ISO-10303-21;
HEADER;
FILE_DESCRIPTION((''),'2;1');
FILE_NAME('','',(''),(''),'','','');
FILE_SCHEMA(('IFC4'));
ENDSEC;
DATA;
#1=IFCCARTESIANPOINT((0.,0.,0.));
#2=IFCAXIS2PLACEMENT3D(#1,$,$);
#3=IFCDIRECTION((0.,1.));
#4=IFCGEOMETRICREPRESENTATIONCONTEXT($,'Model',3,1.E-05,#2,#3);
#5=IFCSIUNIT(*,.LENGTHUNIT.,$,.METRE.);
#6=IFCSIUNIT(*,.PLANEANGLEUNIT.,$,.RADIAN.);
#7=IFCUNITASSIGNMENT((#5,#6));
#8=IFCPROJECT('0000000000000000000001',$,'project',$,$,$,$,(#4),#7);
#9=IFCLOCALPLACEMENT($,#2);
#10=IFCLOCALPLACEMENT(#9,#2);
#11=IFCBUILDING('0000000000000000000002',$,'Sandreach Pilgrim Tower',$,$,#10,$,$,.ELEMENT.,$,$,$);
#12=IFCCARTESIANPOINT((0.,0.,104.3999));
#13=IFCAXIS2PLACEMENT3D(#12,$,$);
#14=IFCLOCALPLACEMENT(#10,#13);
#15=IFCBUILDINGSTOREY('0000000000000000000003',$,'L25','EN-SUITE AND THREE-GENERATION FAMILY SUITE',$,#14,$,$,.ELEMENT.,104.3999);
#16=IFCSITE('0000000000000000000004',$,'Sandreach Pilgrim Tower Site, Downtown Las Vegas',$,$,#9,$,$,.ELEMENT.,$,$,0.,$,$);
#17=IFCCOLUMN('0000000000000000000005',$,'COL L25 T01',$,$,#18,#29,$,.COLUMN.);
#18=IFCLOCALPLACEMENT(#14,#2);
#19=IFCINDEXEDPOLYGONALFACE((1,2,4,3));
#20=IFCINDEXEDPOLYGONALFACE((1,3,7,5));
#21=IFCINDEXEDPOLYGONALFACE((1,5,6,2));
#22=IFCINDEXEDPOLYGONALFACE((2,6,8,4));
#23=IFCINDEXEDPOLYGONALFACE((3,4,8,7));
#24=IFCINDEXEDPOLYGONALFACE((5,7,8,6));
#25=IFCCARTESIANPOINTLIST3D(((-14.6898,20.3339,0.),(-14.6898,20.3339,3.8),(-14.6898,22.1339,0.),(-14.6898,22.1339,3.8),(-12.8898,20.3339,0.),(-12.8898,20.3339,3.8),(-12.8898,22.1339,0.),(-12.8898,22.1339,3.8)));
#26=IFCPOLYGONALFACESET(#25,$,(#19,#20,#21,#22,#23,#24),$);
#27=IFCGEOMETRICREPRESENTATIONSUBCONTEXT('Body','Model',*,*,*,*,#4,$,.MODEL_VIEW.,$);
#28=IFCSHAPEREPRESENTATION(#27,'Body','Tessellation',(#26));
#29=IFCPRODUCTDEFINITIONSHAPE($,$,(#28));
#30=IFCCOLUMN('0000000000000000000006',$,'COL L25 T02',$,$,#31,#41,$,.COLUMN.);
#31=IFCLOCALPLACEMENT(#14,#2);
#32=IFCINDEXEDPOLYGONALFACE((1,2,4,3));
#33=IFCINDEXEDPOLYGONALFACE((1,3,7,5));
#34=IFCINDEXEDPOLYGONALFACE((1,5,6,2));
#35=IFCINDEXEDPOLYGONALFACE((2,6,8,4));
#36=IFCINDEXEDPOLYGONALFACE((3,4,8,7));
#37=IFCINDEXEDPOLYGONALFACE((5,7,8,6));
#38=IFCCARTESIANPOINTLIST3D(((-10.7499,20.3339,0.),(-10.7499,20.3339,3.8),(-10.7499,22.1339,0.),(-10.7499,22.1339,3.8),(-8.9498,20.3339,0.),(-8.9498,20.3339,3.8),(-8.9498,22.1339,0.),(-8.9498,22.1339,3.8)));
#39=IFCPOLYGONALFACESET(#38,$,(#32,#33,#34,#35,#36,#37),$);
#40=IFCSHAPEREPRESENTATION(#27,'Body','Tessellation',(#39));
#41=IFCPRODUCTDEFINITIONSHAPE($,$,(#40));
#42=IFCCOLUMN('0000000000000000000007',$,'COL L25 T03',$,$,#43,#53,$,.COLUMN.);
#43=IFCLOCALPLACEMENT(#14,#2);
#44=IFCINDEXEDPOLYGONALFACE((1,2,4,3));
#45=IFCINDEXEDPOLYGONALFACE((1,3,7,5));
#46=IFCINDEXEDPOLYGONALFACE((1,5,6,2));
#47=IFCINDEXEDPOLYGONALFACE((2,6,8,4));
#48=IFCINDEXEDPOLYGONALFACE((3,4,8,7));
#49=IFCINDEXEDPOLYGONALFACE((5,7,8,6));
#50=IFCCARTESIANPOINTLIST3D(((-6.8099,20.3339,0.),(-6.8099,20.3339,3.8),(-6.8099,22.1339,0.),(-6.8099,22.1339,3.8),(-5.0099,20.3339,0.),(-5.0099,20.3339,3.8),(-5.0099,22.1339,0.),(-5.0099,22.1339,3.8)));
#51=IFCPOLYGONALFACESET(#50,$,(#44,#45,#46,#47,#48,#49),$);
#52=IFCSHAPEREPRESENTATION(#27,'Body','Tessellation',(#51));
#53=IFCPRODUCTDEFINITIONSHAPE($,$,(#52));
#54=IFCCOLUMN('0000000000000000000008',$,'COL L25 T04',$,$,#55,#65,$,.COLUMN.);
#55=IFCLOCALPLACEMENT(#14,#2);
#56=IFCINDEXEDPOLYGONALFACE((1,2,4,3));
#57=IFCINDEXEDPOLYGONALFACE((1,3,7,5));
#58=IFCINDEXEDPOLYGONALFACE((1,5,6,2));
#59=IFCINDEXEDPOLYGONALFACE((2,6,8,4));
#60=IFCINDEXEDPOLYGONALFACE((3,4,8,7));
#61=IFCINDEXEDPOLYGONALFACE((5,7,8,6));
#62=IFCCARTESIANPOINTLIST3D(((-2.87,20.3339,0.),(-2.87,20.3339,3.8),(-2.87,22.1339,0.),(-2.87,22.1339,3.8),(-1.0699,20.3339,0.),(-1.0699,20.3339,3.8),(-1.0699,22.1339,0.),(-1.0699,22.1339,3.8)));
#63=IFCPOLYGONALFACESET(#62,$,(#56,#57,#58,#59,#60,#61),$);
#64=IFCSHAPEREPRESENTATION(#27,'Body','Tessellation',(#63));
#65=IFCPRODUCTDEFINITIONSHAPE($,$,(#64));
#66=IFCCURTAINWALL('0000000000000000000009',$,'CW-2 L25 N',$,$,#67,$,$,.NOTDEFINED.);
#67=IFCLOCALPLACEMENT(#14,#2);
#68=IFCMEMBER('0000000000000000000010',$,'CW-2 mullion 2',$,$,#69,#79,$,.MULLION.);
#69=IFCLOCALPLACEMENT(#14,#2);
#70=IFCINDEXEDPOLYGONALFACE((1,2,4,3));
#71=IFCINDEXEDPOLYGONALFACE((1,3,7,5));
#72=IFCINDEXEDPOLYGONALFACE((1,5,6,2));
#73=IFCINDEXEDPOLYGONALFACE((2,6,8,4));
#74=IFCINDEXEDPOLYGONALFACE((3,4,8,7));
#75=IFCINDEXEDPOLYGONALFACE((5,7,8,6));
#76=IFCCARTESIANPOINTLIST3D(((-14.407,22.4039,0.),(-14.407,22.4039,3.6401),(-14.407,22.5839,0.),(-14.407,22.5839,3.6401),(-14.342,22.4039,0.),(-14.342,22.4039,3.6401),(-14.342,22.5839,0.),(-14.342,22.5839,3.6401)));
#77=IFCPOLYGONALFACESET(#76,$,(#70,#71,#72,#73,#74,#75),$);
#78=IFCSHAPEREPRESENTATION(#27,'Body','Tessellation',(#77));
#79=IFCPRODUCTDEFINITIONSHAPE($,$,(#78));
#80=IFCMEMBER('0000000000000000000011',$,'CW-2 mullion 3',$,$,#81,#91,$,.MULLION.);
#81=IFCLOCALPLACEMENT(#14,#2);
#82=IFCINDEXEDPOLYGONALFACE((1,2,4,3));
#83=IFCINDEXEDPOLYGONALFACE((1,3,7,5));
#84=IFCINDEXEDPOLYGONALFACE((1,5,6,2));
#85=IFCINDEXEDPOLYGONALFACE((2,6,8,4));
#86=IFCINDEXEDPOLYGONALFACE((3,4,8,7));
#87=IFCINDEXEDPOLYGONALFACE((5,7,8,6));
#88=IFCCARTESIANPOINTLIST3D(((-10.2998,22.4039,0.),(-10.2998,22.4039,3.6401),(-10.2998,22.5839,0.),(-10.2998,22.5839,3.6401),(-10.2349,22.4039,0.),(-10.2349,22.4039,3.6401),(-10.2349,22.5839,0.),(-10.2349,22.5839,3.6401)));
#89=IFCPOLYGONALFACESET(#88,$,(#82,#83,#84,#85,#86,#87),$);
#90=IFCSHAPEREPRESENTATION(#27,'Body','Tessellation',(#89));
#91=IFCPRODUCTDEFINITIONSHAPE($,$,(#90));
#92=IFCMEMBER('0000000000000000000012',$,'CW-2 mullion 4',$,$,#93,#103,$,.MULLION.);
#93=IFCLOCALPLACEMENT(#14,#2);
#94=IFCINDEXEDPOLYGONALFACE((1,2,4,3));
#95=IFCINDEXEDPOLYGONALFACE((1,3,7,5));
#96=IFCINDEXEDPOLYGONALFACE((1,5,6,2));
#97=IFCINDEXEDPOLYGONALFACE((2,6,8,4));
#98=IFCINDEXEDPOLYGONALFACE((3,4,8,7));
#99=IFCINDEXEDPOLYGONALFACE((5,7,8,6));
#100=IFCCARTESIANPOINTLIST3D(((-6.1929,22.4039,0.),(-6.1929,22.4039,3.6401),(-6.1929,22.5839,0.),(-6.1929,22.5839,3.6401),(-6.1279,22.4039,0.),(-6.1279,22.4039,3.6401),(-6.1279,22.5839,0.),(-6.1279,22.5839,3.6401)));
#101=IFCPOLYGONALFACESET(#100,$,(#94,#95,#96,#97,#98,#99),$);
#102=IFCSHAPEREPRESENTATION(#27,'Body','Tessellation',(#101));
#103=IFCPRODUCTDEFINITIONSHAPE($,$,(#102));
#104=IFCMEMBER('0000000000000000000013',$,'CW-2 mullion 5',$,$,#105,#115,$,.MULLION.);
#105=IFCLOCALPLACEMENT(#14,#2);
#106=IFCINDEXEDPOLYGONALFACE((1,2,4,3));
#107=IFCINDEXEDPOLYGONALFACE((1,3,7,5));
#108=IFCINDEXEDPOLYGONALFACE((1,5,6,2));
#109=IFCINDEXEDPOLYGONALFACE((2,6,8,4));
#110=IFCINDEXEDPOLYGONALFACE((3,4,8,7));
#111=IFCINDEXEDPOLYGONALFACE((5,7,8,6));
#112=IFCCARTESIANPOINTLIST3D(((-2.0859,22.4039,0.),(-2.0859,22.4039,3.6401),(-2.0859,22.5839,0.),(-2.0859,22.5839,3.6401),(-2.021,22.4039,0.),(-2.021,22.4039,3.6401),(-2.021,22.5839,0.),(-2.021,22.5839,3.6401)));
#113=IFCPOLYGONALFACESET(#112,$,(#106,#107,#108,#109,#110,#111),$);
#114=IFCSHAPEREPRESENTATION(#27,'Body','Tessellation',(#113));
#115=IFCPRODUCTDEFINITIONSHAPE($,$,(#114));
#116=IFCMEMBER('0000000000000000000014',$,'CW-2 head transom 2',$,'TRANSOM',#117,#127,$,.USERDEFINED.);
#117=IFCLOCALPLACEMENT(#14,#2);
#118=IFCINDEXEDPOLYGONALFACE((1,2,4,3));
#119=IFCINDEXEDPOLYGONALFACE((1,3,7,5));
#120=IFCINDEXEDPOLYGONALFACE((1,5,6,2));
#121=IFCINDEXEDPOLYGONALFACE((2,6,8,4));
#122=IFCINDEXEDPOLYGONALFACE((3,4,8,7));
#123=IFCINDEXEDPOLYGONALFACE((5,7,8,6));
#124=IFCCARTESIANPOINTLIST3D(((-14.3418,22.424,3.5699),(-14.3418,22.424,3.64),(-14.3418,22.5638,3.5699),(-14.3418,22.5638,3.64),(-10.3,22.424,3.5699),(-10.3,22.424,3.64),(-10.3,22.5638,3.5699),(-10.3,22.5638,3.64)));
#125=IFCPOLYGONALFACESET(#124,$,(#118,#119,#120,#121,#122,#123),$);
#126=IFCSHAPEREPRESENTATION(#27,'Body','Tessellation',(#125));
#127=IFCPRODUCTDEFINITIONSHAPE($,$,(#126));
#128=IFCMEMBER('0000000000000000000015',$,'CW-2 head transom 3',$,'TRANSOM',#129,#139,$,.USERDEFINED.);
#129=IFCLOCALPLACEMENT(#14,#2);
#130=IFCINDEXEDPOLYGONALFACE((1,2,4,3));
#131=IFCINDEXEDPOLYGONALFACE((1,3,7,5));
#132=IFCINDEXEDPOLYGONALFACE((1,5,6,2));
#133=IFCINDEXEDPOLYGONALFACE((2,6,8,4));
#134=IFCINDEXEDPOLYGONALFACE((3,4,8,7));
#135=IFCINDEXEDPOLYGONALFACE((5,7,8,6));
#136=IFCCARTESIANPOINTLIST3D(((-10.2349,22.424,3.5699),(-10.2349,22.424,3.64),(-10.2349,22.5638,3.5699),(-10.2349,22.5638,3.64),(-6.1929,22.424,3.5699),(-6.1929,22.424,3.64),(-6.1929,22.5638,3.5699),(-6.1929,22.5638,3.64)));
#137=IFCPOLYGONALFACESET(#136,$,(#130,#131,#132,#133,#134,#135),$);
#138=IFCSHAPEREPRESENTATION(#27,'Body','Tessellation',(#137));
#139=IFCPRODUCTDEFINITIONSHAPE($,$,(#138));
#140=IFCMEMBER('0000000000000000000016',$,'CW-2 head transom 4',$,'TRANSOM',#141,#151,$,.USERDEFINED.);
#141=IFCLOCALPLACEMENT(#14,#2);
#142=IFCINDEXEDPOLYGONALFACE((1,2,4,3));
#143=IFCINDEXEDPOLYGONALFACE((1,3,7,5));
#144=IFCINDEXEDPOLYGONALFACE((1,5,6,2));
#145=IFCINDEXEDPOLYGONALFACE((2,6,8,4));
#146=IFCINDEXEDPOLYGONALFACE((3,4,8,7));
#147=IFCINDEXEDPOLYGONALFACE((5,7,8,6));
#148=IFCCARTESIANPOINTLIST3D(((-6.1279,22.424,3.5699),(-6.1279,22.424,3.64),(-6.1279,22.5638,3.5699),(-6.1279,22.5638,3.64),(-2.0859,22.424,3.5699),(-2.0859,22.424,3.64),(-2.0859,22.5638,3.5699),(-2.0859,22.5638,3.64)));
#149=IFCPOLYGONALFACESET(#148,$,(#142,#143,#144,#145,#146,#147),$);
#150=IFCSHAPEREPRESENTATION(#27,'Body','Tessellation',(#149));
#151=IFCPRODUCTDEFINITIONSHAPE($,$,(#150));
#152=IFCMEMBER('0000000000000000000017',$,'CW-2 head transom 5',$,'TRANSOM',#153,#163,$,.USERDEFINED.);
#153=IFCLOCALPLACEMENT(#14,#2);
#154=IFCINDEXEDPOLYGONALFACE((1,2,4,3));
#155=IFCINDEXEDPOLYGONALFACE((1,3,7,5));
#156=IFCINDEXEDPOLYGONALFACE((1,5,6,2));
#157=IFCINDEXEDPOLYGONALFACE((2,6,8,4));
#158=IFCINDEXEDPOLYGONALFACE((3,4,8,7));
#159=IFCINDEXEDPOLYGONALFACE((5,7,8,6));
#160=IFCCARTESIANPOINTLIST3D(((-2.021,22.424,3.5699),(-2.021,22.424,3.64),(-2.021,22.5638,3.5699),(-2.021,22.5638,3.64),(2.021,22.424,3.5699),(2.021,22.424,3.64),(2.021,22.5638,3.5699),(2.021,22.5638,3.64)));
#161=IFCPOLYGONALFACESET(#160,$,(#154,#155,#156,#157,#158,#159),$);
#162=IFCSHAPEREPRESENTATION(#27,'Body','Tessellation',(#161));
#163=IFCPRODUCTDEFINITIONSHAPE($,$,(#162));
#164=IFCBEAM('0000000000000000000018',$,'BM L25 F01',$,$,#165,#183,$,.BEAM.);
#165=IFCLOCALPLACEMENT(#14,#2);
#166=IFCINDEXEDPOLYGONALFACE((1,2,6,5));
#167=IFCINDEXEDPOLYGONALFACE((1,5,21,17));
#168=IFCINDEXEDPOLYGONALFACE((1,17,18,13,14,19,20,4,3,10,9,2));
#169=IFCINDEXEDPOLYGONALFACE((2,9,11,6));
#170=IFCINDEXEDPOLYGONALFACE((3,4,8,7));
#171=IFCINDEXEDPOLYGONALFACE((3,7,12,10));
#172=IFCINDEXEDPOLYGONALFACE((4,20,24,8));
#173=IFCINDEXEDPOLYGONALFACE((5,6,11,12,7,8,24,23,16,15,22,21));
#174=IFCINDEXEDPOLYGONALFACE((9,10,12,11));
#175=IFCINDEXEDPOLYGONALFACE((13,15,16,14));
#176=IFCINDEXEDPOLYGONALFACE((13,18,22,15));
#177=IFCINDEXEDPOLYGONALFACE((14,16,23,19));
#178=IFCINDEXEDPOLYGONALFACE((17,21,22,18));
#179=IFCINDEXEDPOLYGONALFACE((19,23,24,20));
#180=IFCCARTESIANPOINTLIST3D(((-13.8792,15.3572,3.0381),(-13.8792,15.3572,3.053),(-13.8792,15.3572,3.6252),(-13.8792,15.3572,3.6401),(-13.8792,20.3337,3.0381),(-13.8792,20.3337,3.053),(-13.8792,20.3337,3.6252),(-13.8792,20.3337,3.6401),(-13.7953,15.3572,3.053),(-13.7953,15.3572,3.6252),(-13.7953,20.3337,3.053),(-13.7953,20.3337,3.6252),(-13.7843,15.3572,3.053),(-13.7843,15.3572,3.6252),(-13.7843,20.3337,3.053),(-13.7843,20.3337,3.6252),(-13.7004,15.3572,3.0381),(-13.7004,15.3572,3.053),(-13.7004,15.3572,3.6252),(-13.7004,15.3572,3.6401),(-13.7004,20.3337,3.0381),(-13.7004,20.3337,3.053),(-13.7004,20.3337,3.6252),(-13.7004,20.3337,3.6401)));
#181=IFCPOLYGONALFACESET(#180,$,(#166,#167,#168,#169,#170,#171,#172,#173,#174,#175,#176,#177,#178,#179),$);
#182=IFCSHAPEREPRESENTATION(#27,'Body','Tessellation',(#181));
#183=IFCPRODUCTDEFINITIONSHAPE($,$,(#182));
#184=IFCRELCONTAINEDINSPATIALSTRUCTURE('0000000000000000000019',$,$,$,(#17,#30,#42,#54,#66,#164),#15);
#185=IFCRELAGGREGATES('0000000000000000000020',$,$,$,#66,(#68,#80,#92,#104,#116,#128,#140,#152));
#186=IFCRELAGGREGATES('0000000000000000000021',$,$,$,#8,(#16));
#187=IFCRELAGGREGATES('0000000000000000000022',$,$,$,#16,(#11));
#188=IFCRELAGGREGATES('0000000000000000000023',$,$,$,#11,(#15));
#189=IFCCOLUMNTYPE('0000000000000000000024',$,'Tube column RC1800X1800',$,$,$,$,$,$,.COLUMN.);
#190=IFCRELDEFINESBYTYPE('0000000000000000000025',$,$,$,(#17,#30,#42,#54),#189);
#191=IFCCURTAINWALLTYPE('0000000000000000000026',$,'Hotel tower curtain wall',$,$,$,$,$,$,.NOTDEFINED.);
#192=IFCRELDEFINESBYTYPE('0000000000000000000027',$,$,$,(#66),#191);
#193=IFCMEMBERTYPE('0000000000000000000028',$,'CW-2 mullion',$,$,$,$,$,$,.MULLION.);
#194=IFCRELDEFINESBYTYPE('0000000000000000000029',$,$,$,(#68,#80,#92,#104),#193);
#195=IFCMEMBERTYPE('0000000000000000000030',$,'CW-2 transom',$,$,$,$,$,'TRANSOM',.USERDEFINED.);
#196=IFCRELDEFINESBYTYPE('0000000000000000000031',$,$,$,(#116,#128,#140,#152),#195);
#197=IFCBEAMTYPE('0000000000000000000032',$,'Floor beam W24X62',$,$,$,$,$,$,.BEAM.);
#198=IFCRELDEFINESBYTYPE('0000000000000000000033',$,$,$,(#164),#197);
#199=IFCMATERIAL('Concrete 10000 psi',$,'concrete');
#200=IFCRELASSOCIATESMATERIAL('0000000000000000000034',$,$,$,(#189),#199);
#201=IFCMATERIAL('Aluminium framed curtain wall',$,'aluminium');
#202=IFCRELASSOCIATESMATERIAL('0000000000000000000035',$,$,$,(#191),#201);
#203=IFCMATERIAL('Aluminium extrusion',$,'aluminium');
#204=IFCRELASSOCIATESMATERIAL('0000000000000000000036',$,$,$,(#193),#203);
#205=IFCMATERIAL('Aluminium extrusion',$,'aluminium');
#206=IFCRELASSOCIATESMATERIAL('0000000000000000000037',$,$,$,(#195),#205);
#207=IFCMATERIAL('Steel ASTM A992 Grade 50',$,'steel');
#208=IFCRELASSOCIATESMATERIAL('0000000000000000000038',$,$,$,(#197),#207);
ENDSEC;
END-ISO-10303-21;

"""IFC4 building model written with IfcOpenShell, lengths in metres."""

from ifc_helpers import new_model, si_unit, direction, frame, origin, origin_2d, place, context, subcontext, project, spatial, rectangle, i_section, extrude, material, material_profile, profile_set, type_object, element, aggregate, save


model = new_model("IFC4")

# Units and contexts
model_context = context("Model", 3, precision=1e-05, world=origin(), true_north=direction((0.0, 1.0)))
body_context = subcontext(model_context, "Body", "Model", "MODEL_VIEW")
ifc_project = project(units=[si_unit("LENGTHUNIT", "METRE"), si_unit("PLANEANGLEUNIT", "RADIAN")], contexts=[model_context])

# Site, building, storey
site_placement = place(None, origin())
site = spatial("IfcSite", under=ifc_project, at=site_placement, Name="Sandreach Pilgrim Tower Site, Downtown Las Vegas", CompositionType="ELEMENT", RefElevation=0.0)
building_placement = place(site_placement, origin())
building = spatial("IfcBuilding", under=site, at=building_placement, Name="Sandreach Pilgrim Tower", CompositionType="ELEMENT")
storey_placement = place(building_placement, frame((0.0, 0.0, 104.3999)))
storey = spatial("IfcBuildingStorey", under=building, at=storey_placement, Name="L25", Description="EN-SUITE AND THREE-GENERATION FAMILY SUITE", CompositionType="ELEMENT", Elevation=104.3999)

# Columns
ifc_material_1 = material(Name="Concrete 10000 psi", Category="concrete")
ifc_material_profile_1 = material_profile(ifc_material_1, rectangle(XDim=1.8, YDim=1.8, at=origin_2d()), Name="RC1800X1800")
ifc_profile_set_1 = profile_set([ifc_material_profile_1], Name="Concrete 10000 psi")
column_type = type_object("IfcColumnType", Name="Tube column RC1800X1800", PredefinedType="COLUMN", material=ifc_profile_set_1)
for number, where, z_axis, x_axis, name in (
    (1, (-13.7898, 21.2339, 0.0), (0.0, 0.0, 1.0), (0.0, 1.0, 0.0), "COL L25 T01"),
    (2, (-9.8499, 21.2339, 0.0), (0.0, 0.0, 1.0), (0.0, 1.0, 0.0), "COL L25 T02"),
    (3, (-5.9099, 21.2339, 0.0), (0.0, 0.0, 1.0), (0.0, 1.0, 0.0), "COL L25 T03"),
    (4, (-1.97, 21.2339, 0.0), (0.0, 0.0, 1.0), (0.0, 1.0, 0.0), "COL L25 T04"),
):
    element("IfcColumn", number, at=place(storey_placement, frame(where, z_axis=z_axis, x_axis=x_axis)), inside=storey, type_object=column_type, Name=name, PredefinedType="COLUMN", context=body_context, shape_type="SweptSolid", body=[
        extrude(rectangle(XDim=1.8, YDim=1.8, at=origin_2d()), origin(), (0.0, 0.0, 1.0), 3.8),
    ])

# Curtain wall, members
ifc_material_2 = material(Name="Aluminium framed curtain wall", Category="aluminium")
curtain_wall_type = type_object("IfcCurtainWallType", Name="Hotel tower curtain wall", PredefinedType="NOTDEFINED", material=ifc_material_2)
curtain_wall_placement = place(storey_placement, origin())
curtain_wall = element("IfcCurtainWall", 5, at=curtain_wall_placement, inside=storey, type_object=curtain_wall_type, Name="CW-2 L25 N", PredefinedType="NOTDEFINED")
ifc_material_3 = material(Name="Aluminium extrusion", Category="aluminium")
ifc_material_profile_2 = material_profile(ifc_material_3, rectangle(XDim=0.0649, YDim=0.1799, at=origin_2d()), Name="CW-2M 65X180")
ifc_profile_set_2 = profile_set([ifc_material_profile_2], Name="Aluminium extrusion")
member_type_1 = type_object("IfcMemberType", Name="CW-2 mullion", PredefinedType="MULLION", material=ifc_profile_set_2)
member_1_placement = place(storey_placement, frame((-14.3745, 22.4939, 0.0), z_axis=(0.0, 0.0, 1.0), x_axis=(1.0, 0.0, 0.0)))
member_1 = element("IfcMember", 6, at=member_1_placement, type_object=member_type_1, Name="CW-2 mullion 2", PredefinedType="MULLION", context=body_context, shape_type="SweptSolid", body=[
    extrude(rectangle(XDim=0.0649, YDim=0.1799, at=origin_2d()), origin(), (0.0, 0.0, 1.0), 3.6401),
])
member_2_placement = place(storey_placement, frame((-10.2673, 22.4939, 0.0), z_axis=(0.0, 0.0, 1.0), x_axis=(1.0, 0.0, 0.0)))
member_2 = element("IfcMember", 7, at=member_2_placement, type_object=member_type_1, Name="CW-2 mullion 3", PredefinedType="MULLION", context=body_context, shape_type="SweptSolid", body=[
    extrude(rectangle(XDim=0.0649, YDim=0.1799, at=origin_2d()), origin(), (0.0, 0.0, 1.0), 3.6401),
])
member_3_placement = place(storey_placement, frame((-6.1604, 22.4939, 0.0), z_axis=(0.0, 0.0, 1.0), x_axis=(1.0, 0.0, 0.0)))
member_3 = element("IfcMember", 8, at=member_3_placement, type_object=member_type_1, Name="CW-2 mullion 4", PredefinedType="MULLION", context=body_context, shape_type="SweptSolid", body=[
    extrude(rectangle(XDim=0.0649, YDim=0.1799, at=origin_2d()), origin(), (0.0, 0.0, 1.0), 3.6401),
])
member_4_placement = place(storey_placement, frame((-2.0535, 22.4939, 0.0), z_axis=(0.0, 0.0, 1.0), x_axis=(1.0, 0.0, 0.0)))
member_4 = element("IfcMember", 9, at=member_4_placement, type_object=member_type_1, Name="CW-2 mullion 5", PredefinedType="MULLION", context=body_context, shape_type="SweptSolid", body=[
    extrude(rectangle(XDim=0.0649, YDim=0.1799, at=origin_2d()), origin(), (0.0, 0.0, 1.0), 3.6401),
])
ifc_material_4 = material(Name="Aluminium extrusion", Category="aluminium")
ifc_material_profile_3 = material_profile(ifc_material_4, rectangle(XDim=0.1399, YDim=0.0701, at=origin_2d()), Name="CW-2T 140X70")
ifc_profile_set_3 = profile_set([ifc_material_profile_3], Name="Aluminium extrusion")
member_type_2 = type_object("IfcMemberType", Name="CW-2 transom", ElementType="TRANSOM", PredefinedType="USERDEFINED", material=ifc_profile_set_3)
member_5_placement = place(storey_placement, frame((-14.3418, 22.4939, 3.605), z_axis=(1.0, 0.0, 0.0), x_axis=(0.0, 1.0, 0.0)))
member_5 = element("IfcMember", 10, at=member_5_placement, type_object=member_type_2, Name="CW-2 head transom 2", ObjectType="TRANSOM", PredefinedType="USERDEFINED", context=body_context, shape_type="SweptSolid", body=[
    extrude(rectangle(XDim=0.1399, YDim=0.0701, at=origin_2d()), origin(), (0.0, 0.0, 1.0), 4.0417),
])
member_6_placement = place(storey_placement, frame((-10.2349, 22.4939, 3.605), z_axis=(1.0, 0.0, 0.0), x_axis=(0.0, 1.0, 0.0)))
member_6 = element("IfcMember", 11, at=member_6_placement, type_object=member_type_2, Name="CW-2 head transom 3", ObjectType="TRANSOM", PredefinedType="USERDEFINED", context=body_context, shape_type="SweptSolid", body=[
    extrude(rectangle(XDim=0.1399, YDim=0.0701, at=origin_2d()), origin(), (0.0, 0.0, 1.0), 4.042),
])
member_7_placement = place(storey_placement, frame((-6.1279, 22.4939, 3.605), z_axis=(1.0, 0.0, 0.0), x_axis=(0.0, 1.0, 0.0)))
member_7 = element("IfcMember", 12, at=member_7_placement, type_object=member_type_2, Name="CW-2 head transom 4", ObjectType="TRANSOM", PredefinedType="USERDEFINED", context=body_context, shape_type="SweptSolid", body=[
    extrude(rectangle(XDim=0.1399, YDim=0.0701, at=origin_2d()), origin(), (0.0, 0.0, 1.0), 4.042),
])
member_8_placement = place(storey_placement, frame((-2.021, 22.4939, 3.605), z_axis=(1.0, 0.0, 0.0), x_axis=(0.0, 1.0, 0.0)))
member_8 = element("IfcMember", 13, at=member_8_placement, type_object=member_type_2, Name="CW-2 head transom 5", ObjectType="TRANSOM", PredefinedType="USERDEFINED", context=body_context, shape_type="SweptSolid", body=[
    extrude(rectangle(XDim=0.1399, YDim=0.0701, at=origin_2d()), origin(), (0.0, 0.0, 1.0), 4.042),
])

# Beam
ifc_material_5 = material(Name="Steel ASTM A992 Grade 50", Category="steel")
ifc_material_profile_4 = material_profile(ifc_material_5, i_section(OverallWidth=0.1787, OverallDepth=0.6021, WebThickness=0.011, FlangeThickness=0.0149, at=origin_2d()), Name="W24X62")
ifc_profile_set_4 = profile_set([ifc_material_profile_4], Name="Steel ASTM A992 Grade 50")
beam_type_1 = type_object("IfcBeamType", Name="Floor beam W24X62", PredefinedType="BEAM", material=ifc_profile_set_4)
beam_1_placement = place(storey_placement, frame((-13.7898, 20.3337, 3.3391), z_axis=(0.0, -1.0, 0.0), x_axis=(1.0, 0.0, 0.0)))
element("IfcBeam", 14, at=beam_1_placement, inside=storey, type_object=beam_type_1, Name="BM L25 F01", PredefinedType="BEAM", context=body_context, shape_type="SweptSolid", body=[
    extrude(i_section(OverallWidth=0.1787, OverallDepth=0.6021, WebThickness=0.011, FlangeThickness=0.0149, at=origin_2d()), origin(), (0.0, 0.0, 1.0), 4.9766),
])

aggregate(curtain_wall, [member_1, member_2, member_3, member_4, member_5, member_6, member_7, member_8])

save(model, "model.ifc")
